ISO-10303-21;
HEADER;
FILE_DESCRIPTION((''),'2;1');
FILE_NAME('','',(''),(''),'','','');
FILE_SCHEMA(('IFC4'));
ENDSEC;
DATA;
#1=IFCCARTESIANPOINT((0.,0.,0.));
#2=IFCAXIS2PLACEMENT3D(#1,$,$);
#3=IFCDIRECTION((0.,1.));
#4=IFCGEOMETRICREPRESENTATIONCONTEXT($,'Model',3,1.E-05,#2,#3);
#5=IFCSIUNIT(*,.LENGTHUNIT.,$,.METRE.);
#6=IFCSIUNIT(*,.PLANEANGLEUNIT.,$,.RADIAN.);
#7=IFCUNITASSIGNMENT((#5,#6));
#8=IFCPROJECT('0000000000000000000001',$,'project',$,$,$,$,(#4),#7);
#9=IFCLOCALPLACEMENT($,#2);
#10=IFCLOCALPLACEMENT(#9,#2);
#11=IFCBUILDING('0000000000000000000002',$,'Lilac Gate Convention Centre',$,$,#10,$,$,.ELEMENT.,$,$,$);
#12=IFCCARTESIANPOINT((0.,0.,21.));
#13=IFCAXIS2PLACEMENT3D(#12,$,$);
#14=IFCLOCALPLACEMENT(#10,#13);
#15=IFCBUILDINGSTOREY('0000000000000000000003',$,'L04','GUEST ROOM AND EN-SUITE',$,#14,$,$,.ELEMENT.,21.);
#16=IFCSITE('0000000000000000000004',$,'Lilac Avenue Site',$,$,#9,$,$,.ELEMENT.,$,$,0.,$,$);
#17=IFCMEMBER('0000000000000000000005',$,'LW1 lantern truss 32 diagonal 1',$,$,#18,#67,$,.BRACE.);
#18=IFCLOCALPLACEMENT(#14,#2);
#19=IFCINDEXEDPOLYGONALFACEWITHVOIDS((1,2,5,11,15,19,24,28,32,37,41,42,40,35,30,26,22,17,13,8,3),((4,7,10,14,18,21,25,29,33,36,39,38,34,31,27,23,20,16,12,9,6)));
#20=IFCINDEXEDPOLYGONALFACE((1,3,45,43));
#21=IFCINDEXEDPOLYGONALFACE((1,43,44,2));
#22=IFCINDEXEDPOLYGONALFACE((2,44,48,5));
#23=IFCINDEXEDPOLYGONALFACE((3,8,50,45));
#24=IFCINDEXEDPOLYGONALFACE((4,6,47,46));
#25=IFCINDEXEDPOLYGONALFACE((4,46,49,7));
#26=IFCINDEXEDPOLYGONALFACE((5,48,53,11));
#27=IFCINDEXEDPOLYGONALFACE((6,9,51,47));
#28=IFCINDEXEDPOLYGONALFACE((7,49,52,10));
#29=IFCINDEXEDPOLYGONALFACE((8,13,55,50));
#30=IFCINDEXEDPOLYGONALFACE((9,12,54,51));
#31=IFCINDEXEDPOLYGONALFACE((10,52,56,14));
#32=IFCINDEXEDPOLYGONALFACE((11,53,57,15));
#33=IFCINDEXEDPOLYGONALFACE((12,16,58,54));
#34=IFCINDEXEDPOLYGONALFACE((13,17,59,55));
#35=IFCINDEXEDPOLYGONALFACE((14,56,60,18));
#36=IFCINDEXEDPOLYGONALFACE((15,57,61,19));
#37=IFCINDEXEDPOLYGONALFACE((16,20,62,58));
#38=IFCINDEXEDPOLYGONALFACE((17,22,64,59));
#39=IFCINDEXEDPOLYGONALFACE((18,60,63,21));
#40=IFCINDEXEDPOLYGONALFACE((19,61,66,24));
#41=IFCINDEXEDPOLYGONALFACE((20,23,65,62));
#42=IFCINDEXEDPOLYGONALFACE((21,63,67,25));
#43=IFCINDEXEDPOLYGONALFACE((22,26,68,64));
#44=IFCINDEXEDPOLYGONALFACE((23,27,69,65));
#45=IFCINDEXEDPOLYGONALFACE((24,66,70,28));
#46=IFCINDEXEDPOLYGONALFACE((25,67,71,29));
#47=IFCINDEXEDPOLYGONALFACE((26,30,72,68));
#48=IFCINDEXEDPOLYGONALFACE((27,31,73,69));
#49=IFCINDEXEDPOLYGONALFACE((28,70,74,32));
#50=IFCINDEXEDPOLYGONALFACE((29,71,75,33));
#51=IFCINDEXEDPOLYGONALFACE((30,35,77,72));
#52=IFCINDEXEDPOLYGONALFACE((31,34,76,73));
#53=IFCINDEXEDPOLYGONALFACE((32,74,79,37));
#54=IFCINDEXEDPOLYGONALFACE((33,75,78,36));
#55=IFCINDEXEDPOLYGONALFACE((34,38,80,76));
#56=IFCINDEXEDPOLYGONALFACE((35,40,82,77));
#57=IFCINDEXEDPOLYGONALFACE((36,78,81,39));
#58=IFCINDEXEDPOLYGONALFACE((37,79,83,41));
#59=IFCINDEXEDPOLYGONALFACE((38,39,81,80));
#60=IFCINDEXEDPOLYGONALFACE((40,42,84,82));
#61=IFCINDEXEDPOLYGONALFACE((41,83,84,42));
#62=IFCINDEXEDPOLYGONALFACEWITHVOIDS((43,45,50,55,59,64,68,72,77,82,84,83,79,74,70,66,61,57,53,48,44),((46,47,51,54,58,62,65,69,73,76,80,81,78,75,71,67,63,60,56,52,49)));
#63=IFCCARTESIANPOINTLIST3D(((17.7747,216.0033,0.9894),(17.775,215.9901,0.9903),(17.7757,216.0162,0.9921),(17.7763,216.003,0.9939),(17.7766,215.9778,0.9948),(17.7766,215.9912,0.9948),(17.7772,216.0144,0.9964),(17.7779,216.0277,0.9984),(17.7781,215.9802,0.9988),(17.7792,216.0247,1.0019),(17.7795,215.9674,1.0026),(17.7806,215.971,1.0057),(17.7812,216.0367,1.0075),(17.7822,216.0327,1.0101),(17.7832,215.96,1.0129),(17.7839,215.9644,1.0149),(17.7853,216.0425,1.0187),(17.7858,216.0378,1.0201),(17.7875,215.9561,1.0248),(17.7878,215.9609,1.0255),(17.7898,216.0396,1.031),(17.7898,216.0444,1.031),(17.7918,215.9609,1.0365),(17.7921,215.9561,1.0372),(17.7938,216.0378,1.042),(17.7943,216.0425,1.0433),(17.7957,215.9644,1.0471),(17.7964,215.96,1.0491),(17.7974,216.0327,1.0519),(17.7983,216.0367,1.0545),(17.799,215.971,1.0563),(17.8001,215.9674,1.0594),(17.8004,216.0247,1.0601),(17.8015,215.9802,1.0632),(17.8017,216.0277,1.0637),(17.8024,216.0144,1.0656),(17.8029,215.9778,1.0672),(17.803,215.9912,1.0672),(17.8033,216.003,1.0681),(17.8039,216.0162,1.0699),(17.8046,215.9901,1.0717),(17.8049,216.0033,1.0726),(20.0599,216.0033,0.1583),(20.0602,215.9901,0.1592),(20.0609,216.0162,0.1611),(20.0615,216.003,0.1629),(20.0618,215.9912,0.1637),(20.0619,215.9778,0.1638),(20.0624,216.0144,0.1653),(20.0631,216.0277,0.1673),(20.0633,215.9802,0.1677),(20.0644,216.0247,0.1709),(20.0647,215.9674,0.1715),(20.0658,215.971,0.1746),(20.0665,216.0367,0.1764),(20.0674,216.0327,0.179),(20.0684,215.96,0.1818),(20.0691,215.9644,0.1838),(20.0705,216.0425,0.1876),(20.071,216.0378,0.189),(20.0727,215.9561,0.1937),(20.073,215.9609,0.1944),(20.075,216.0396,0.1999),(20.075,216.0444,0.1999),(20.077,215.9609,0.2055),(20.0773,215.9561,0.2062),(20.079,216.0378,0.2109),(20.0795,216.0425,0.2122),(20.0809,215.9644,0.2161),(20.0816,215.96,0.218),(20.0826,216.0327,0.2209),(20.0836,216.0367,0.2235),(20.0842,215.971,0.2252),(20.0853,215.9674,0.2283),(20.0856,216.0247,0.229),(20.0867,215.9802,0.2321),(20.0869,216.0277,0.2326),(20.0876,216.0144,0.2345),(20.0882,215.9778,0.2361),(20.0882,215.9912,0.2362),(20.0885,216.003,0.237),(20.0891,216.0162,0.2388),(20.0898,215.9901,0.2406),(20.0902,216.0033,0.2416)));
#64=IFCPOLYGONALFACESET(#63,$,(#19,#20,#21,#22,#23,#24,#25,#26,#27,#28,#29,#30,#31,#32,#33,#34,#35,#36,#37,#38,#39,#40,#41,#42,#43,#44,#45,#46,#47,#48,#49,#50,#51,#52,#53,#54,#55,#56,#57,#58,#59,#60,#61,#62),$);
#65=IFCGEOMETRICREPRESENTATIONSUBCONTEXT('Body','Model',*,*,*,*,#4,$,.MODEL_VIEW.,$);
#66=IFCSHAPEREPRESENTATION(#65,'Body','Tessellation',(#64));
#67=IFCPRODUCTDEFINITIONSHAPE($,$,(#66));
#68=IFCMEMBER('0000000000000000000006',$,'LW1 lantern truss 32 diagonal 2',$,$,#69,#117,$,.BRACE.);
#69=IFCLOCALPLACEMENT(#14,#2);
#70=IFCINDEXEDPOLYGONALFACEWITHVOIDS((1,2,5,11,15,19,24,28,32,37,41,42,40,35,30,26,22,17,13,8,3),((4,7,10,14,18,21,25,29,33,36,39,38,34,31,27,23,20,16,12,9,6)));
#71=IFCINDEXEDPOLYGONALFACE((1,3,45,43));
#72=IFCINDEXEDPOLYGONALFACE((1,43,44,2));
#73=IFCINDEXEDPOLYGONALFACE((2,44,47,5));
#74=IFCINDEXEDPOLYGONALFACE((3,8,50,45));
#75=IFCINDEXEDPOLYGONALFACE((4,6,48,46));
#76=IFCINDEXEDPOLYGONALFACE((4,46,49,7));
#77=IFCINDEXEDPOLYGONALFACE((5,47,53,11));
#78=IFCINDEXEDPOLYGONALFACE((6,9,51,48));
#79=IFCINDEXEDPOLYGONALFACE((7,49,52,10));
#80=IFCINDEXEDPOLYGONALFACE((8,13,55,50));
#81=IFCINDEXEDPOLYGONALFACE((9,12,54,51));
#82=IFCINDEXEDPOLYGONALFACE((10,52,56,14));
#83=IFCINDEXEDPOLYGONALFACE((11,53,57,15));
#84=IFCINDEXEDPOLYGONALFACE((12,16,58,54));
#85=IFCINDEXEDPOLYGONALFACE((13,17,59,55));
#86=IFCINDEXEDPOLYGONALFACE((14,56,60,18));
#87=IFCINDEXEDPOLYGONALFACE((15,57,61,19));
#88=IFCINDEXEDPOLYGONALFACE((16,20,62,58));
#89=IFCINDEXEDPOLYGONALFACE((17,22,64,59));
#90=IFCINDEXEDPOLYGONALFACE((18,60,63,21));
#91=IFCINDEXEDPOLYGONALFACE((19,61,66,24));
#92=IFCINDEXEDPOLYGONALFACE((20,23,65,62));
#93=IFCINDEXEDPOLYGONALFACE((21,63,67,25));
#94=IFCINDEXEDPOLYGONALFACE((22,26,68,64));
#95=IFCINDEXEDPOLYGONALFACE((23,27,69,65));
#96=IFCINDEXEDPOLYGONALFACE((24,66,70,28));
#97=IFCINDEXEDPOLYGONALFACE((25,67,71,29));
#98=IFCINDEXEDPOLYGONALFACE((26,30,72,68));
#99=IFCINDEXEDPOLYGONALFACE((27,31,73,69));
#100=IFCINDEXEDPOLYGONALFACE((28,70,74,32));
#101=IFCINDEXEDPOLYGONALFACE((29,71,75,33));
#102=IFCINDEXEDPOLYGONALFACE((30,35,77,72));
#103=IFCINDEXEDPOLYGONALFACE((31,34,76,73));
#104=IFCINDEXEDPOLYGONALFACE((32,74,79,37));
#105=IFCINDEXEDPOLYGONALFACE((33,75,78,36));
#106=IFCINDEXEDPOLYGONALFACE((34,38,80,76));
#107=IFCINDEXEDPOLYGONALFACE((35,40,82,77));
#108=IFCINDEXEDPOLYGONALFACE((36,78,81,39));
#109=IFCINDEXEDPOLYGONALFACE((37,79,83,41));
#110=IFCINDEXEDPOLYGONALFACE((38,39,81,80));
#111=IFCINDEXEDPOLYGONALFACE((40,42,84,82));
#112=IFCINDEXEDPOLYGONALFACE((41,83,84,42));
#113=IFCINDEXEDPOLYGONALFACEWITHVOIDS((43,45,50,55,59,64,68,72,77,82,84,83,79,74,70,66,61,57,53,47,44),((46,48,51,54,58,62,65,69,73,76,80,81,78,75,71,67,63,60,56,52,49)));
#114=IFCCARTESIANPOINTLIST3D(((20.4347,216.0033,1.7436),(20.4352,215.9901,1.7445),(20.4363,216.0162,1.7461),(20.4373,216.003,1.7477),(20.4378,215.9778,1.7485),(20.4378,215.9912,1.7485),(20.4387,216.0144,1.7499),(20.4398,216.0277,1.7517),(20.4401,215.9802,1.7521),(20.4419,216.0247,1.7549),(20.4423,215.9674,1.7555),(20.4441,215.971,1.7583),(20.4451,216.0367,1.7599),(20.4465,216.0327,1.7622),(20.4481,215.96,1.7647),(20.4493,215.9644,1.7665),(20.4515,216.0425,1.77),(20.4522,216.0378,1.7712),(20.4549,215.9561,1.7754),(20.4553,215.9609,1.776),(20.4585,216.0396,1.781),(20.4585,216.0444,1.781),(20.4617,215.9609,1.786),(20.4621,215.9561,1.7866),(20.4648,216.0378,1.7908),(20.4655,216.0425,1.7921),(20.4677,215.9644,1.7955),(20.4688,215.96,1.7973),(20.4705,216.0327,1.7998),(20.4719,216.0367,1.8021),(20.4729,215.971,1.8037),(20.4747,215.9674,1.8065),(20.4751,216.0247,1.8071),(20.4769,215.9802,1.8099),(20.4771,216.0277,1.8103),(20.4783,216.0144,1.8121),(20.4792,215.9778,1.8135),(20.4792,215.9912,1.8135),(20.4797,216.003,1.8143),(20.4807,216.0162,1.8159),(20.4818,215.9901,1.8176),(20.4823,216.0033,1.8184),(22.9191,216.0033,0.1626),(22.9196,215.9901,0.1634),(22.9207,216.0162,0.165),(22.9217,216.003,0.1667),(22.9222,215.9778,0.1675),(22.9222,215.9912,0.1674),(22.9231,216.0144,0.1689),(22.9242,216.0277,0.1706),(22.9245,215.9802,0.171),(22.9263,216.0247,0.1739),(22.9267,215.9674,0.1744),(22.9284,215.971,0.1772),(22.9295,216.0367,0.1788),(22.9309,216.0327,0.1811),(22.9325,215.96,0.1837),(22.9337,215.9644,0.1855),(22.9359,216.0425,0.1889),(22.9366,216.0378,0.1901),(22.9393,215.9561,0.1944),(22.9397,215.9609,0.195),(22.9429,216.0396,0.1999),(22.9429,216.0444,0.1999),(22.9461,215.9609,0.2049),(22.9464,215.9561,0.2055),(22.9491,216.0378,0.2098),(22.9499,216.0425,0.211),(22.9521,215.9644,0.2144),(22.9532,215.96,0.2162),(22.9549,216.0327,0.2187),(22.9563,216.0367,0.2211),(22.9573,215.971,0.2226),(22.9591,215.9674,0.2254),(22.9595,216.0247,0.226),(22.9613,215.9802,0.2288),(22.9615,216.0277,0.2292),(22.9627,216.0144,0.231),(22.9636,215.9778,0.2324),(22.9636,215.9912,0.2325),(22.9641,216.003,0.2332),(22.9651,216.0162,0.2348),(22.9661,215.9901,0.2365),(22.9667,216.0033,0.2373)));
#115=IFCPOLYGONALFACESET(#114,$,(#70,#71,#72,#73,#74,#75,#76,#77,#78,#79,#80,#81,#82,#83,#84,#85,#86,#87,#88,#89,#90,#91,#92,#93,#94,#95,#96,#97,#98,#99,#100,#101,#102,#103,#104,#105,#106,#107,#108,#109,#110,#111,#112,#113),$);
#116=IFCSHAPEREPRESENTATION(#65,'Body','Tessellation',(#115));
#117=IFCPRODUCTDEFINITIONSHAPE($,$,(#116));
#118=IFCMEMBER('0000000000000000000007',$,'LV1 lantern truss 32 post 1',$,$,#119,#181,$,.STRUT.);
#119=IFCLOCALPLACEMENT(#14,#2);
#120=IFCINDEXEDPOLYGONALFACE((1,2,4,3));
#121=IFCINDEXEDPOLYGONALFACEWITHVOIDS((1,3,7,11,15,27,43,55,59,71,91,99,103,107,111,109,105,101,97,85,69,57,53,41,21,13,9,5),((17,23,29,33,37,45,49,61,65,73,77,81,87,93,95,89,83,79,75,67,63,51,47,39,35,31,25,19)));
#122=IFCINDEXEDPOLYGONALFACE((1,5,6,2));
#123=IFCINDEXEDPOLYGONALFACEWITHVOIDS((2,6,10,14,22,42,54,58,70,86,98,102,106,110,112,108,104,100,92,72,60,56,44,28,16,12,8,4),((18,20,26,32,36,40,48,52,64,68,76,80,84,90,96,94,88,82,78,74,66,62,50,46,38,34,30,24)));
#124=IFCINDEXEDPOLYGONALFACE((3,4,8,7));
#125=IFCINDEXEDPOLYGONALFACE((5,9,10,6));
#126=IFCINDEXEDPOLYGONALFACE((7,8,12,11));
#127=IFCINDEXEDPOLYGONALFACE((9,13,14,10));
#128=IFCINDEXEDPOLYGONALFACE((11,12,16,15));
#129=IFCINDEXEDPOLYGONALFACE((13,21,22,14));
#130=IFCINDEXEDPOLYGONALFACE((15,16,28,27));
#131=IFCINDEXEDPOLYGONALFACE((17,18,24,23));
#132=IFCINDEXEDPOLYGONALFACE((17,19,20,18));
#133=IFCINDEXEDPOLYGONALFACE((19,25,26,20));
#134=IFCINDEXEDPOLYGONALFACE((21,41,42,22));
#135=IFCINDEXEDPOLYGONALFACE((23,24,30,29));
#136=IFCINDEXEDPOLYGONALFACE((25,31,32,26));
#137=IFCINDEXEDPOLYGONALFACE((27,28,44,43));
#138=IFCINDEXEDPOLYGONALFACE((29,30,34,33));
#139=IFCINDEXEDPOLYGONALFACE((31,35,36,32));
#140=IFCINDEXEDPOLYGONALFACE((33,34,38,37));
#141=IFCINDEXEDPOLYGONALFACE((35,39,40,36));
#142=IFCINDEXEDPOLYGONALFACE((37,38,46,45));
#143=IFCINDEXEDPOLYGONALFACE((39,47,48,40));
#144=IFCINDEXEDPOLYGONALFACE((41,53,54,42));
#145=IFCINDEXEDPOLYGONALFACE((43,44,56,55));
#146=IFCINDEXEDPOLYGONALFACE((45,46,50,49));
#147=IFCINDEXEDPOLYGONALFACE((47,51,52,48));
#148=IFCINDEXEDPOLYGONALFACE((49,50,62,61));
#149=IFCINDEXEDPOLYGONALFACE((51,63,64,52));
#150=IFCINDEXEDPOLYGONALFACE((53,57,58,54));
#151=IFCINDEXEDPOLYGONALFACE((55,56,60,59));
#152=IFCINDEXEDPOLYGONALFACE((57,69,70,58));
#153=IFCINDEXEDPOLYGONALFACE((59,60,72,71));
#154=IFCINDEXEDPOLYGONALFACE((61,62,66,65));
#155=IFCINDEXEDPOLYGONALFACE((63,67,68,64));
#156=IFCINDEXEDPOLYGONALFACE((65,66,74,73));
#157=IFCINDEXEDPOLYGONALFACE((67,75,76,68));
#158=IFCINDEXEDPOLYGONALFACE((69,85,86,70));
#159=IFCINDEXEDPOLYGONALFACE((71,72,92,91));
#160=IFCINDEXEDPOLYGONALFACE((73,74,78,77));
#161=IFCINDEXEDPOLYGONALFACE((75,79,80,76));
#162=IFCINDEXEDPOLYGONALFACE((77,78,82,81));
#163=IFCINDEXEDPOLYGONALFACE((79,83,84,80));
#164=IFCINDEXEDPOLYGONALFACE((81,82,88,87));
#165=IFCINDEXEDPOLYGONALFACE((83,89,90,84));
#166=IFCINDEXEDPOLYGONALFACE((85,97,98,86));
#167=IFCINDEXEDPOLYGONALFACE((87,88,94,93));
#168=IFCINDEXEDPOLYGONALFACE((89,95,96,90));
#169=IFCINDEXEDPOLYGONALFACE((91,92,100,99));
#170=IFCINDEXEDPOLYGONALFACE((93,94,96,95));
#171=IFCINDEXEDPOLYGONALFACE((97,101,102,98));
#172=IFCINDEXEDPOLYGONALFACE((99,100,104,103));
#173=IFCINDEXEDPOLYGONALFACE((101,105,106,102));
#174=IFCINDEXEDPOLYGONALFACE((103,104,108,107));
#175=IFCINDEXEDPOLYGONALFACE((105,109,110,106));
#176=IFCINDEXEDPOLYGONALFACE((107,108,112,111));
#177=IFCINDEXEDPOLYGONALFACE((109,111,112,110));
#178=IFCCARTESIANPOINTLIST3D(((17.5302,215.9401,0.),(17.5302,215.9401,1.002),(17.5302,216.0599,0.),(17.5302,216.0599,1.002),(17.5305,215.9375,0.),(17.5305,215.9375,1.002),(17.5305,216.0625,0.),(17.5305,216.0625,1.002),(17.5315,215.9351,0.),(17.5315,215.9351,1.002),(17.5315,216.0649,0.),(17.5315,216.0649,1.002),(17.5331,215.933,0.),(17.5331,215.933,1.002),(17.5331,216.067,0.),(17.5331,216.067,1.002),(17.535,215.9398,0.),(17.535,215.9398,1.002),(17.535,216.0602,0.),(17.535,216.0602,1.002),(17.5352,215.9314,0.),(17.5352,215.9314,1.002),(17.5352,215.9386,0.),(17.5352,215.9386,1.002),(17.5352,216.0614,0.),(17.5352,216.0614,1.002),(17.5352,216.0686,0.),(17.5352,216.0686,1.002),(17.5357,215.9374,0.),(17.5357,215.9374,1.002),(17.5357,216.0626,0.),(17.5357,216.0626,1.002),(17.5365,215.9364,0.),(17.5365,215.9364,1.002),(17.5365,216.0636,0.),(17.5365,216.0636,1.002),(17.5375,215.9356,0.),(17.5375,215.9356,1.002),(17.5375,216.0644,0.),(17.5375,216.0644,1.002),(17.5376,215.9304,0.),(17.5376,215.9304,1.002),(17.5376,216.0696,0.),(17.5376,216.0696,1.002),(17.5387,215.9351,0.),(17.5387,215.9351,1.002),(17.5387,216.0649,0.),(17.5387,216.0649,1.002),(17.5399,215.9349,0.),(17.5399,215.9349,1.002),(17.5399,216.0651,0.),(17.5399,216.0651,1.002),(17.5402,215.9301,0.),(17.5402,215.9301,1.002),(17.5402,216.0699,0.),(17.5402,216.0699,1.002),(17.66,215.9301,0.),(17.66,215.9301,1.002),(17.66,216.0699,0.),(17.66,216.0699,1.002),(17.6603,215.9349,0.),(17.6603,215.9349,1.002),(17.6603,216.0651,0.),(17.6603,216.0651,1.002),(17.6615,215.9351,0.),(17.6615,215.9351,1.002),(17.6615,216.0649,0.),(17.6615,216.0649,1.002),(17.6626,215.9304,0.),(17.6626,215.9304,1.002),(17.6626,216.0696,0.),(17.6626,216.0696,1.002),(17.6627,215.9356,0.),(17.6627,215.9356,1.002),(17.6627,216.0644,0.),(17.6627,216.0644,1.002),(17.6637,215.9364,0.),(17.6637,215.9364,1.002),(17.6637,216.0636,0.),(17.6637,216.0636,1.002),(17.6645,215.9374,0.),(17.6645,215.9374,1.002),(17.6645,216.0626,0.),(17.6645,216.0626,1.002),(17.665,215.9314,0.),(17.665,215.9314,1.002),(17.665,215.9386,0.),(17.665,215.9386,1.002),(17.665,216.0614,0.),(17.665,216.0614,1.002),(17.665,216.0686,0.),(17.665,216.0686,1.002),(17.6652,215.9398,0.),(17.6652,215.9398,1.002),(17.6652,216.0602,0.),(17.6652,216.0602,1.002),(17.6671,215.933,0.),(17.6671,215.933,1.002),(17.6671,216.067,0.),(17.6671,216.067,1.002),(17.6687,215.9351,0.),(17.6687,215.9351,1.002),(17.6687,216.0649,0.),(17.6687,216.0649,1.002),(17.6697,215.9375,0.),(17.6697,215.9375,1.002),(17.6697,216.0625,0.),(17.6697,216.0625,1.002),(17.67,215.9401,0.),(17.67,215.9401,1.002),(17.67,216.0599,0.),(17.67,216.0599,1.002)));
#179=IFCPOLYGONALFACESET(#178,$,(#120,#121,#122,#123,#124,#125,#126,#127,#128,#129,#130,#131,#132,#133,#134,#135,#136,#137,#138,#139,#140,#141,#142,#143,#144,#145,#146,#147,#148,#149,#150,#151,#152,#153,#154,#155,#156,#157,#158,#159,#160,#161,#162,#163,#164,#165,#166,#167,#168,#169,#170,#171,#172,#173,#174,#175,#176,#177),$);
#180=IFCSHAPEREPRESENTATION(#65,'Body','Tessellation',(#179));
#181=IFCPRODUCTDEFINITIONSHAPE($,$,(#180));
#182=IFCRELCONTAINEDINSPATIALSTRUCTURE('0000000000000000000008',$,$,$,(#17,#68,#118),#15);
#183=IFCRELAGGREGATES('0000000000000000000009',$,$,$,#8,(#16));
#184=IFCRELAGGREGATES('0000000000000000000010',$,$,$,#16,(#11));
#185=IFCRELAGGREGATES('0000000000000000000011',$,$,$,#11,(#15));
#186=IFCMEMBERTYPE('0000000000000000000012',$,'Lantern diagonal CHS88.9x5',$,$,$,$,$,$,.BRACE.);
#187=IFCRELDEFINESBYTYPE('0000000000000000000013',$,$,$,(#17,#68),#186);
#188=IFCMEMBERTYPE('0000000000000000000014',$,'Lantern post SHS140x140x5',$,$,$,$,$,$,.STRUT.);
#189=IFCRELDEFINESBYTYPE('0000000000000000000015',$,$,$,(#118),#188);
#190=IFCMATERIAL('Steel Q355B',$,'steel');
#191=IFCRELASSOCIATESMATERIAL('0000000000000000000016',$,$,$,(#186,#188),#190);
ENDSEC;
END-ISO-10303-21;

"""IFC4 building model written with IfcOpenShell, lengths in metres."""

from ifc_helpers import new_model, si_unit, direction, frame, origin, origin_2d, place, context, subcontext, project, spatial, hollow_rectangle, hollow_circle, extrude, material, material_profile, profile_set, type_object, element, save


model = new_model("IFC4")

# Units and contexts
model_context = context("Model", 3, precision=1e-05, world=origin(), true_north=direction((0.0, 1.0)))
body_context = subcontext(model_context, "Body", "Model", "MODEL_VIEW")
ifc_project = project(units=[si_unit("LENGTHUNIT", "METRE"), si_unit("PLANEANGLEUNIT", "RADIAN")], contexts=[model_context])

# Site, building, storey
site_placement = place(None, origin())
site = spatial("IfcSite", under=ifc_project, at=site_placement, Name="Lilac Avenue Site", CompositionType="ELEMENT", RefElevation=0.0)
building_placement = place(site_placement, origin())
building = spatial("IfcBuilding", under=site, at=building_placement, Name="Lilac Gate Convention Centre", CompositionType="ELEMENT")
storey_placement = place(building_placement, frame((0.0, 0.0, 21.0)))
storey = spatial("IfcBuildingStorey", under=building, at=storey_placement, Name="L04", Description="GUEST ROOM AND EN-SUITE", CompositionType="ELEMENT", Elevation=21.0)

# Members
ifc_material_1 = material(Name="Steel Q355B", Category="steel")
ifc_material_profile_1 = material_profile(ifc_material_1, hollow_circle(Radius=0.0444, WallThickness=0.0049, at=origin_2d()), Name="CHS88.9x5")
ifc_profile_set_1 = profile_set([ifc_material_profile_1], Name="Steel Q355B")
member_type_1 = type_object("IfcMemberType", Name="Lantern diagonal CHS88.9x5", PredefinedType="BRACE", material=ifc_profile_set_1)
member_1_placement = place(storey_placement, frame((17.7898, 216.0, 1.031), z_axis=(0.939782, 0.0, -0.341775), x_axis=(0.0, 1.0, 0.0)))
element("IfcMember", 1, at=member_1_placement, inside=storey, type_object=member_type_1, Name="LW1 lantern truss 32 diagonal 1", PredefinedType="BRACE", context=body_context, shape_type="SweptSolid", body=[
    extrude(hollow_circle(Radius=0.0444, WallThickness=0.0049, at=origin_2d()), origin(), (0.0, 0.0, 1.0), 2.4316),
])
member_2_placement = place(storey_placement, frame((20.4585, 216.0, 1.781), z_axis=(0.843648, 0.0, -0.536897), x_axis=(0.0, 1.0, 0.0)))
element("IfcMember", 2, at=member_2_placement, inside=storey, type_object=member_type_1, Name="LW1 lantern truss 32 diagonal 2", PredefinedType="BRACE", context=body_context, shape_type="SweptSolid", body=[
    extrude(hollow_circle(Radius=0.0444, WallThickness=0.0049, at=origin_2d()), origin(), (0.0, 0.0, 1.0), 2.9448),
])
ifc_material_profile_2 = material_profile(ifc_material_1, hollow_rectangle(XDim=0.1399, YDim=0.1399, WallThickness=0.0049, InnerFilletRadius=0.0049, OuterFilletRadius=0.01, at=origin_2d()), Name="SHS140x140x5")
ifc_profile_set_2 = profile_set([ifc_material_profile_2], Name="Steel Q355B")
member_type_2 = type_object("IfcMemberType", Name="Lantern post SHS140x140x5", PredefinedType="STRUT", material=ifc_profile_set_2)
member_3_placement = place(storey_placement, frame((17.6001, 216.0, 0.0), z_axis=(0.0, 0.0, 1.0), x_axis=(1.0, 0.0, 0.0)))
element("IfcMember", 3, at=member_3_placement, inside=storey, type_object=member_type_2, Name="LV1 lantern truss 32 post 1", PredefinedType="STRUT", context=body_context, shape_type="SweptSolid", body=[
    extrude(hollow_rectangle(XDim=0.1399, YDim=0.1399, WallThickness=0.0049, InnerFilletRadius=0.0049, OuterFilletRadius=0.01, at=origin_2d()), origin(), (0.0, 0.0, 1.0), 1.002),
])

save(model, "model.ifc")
